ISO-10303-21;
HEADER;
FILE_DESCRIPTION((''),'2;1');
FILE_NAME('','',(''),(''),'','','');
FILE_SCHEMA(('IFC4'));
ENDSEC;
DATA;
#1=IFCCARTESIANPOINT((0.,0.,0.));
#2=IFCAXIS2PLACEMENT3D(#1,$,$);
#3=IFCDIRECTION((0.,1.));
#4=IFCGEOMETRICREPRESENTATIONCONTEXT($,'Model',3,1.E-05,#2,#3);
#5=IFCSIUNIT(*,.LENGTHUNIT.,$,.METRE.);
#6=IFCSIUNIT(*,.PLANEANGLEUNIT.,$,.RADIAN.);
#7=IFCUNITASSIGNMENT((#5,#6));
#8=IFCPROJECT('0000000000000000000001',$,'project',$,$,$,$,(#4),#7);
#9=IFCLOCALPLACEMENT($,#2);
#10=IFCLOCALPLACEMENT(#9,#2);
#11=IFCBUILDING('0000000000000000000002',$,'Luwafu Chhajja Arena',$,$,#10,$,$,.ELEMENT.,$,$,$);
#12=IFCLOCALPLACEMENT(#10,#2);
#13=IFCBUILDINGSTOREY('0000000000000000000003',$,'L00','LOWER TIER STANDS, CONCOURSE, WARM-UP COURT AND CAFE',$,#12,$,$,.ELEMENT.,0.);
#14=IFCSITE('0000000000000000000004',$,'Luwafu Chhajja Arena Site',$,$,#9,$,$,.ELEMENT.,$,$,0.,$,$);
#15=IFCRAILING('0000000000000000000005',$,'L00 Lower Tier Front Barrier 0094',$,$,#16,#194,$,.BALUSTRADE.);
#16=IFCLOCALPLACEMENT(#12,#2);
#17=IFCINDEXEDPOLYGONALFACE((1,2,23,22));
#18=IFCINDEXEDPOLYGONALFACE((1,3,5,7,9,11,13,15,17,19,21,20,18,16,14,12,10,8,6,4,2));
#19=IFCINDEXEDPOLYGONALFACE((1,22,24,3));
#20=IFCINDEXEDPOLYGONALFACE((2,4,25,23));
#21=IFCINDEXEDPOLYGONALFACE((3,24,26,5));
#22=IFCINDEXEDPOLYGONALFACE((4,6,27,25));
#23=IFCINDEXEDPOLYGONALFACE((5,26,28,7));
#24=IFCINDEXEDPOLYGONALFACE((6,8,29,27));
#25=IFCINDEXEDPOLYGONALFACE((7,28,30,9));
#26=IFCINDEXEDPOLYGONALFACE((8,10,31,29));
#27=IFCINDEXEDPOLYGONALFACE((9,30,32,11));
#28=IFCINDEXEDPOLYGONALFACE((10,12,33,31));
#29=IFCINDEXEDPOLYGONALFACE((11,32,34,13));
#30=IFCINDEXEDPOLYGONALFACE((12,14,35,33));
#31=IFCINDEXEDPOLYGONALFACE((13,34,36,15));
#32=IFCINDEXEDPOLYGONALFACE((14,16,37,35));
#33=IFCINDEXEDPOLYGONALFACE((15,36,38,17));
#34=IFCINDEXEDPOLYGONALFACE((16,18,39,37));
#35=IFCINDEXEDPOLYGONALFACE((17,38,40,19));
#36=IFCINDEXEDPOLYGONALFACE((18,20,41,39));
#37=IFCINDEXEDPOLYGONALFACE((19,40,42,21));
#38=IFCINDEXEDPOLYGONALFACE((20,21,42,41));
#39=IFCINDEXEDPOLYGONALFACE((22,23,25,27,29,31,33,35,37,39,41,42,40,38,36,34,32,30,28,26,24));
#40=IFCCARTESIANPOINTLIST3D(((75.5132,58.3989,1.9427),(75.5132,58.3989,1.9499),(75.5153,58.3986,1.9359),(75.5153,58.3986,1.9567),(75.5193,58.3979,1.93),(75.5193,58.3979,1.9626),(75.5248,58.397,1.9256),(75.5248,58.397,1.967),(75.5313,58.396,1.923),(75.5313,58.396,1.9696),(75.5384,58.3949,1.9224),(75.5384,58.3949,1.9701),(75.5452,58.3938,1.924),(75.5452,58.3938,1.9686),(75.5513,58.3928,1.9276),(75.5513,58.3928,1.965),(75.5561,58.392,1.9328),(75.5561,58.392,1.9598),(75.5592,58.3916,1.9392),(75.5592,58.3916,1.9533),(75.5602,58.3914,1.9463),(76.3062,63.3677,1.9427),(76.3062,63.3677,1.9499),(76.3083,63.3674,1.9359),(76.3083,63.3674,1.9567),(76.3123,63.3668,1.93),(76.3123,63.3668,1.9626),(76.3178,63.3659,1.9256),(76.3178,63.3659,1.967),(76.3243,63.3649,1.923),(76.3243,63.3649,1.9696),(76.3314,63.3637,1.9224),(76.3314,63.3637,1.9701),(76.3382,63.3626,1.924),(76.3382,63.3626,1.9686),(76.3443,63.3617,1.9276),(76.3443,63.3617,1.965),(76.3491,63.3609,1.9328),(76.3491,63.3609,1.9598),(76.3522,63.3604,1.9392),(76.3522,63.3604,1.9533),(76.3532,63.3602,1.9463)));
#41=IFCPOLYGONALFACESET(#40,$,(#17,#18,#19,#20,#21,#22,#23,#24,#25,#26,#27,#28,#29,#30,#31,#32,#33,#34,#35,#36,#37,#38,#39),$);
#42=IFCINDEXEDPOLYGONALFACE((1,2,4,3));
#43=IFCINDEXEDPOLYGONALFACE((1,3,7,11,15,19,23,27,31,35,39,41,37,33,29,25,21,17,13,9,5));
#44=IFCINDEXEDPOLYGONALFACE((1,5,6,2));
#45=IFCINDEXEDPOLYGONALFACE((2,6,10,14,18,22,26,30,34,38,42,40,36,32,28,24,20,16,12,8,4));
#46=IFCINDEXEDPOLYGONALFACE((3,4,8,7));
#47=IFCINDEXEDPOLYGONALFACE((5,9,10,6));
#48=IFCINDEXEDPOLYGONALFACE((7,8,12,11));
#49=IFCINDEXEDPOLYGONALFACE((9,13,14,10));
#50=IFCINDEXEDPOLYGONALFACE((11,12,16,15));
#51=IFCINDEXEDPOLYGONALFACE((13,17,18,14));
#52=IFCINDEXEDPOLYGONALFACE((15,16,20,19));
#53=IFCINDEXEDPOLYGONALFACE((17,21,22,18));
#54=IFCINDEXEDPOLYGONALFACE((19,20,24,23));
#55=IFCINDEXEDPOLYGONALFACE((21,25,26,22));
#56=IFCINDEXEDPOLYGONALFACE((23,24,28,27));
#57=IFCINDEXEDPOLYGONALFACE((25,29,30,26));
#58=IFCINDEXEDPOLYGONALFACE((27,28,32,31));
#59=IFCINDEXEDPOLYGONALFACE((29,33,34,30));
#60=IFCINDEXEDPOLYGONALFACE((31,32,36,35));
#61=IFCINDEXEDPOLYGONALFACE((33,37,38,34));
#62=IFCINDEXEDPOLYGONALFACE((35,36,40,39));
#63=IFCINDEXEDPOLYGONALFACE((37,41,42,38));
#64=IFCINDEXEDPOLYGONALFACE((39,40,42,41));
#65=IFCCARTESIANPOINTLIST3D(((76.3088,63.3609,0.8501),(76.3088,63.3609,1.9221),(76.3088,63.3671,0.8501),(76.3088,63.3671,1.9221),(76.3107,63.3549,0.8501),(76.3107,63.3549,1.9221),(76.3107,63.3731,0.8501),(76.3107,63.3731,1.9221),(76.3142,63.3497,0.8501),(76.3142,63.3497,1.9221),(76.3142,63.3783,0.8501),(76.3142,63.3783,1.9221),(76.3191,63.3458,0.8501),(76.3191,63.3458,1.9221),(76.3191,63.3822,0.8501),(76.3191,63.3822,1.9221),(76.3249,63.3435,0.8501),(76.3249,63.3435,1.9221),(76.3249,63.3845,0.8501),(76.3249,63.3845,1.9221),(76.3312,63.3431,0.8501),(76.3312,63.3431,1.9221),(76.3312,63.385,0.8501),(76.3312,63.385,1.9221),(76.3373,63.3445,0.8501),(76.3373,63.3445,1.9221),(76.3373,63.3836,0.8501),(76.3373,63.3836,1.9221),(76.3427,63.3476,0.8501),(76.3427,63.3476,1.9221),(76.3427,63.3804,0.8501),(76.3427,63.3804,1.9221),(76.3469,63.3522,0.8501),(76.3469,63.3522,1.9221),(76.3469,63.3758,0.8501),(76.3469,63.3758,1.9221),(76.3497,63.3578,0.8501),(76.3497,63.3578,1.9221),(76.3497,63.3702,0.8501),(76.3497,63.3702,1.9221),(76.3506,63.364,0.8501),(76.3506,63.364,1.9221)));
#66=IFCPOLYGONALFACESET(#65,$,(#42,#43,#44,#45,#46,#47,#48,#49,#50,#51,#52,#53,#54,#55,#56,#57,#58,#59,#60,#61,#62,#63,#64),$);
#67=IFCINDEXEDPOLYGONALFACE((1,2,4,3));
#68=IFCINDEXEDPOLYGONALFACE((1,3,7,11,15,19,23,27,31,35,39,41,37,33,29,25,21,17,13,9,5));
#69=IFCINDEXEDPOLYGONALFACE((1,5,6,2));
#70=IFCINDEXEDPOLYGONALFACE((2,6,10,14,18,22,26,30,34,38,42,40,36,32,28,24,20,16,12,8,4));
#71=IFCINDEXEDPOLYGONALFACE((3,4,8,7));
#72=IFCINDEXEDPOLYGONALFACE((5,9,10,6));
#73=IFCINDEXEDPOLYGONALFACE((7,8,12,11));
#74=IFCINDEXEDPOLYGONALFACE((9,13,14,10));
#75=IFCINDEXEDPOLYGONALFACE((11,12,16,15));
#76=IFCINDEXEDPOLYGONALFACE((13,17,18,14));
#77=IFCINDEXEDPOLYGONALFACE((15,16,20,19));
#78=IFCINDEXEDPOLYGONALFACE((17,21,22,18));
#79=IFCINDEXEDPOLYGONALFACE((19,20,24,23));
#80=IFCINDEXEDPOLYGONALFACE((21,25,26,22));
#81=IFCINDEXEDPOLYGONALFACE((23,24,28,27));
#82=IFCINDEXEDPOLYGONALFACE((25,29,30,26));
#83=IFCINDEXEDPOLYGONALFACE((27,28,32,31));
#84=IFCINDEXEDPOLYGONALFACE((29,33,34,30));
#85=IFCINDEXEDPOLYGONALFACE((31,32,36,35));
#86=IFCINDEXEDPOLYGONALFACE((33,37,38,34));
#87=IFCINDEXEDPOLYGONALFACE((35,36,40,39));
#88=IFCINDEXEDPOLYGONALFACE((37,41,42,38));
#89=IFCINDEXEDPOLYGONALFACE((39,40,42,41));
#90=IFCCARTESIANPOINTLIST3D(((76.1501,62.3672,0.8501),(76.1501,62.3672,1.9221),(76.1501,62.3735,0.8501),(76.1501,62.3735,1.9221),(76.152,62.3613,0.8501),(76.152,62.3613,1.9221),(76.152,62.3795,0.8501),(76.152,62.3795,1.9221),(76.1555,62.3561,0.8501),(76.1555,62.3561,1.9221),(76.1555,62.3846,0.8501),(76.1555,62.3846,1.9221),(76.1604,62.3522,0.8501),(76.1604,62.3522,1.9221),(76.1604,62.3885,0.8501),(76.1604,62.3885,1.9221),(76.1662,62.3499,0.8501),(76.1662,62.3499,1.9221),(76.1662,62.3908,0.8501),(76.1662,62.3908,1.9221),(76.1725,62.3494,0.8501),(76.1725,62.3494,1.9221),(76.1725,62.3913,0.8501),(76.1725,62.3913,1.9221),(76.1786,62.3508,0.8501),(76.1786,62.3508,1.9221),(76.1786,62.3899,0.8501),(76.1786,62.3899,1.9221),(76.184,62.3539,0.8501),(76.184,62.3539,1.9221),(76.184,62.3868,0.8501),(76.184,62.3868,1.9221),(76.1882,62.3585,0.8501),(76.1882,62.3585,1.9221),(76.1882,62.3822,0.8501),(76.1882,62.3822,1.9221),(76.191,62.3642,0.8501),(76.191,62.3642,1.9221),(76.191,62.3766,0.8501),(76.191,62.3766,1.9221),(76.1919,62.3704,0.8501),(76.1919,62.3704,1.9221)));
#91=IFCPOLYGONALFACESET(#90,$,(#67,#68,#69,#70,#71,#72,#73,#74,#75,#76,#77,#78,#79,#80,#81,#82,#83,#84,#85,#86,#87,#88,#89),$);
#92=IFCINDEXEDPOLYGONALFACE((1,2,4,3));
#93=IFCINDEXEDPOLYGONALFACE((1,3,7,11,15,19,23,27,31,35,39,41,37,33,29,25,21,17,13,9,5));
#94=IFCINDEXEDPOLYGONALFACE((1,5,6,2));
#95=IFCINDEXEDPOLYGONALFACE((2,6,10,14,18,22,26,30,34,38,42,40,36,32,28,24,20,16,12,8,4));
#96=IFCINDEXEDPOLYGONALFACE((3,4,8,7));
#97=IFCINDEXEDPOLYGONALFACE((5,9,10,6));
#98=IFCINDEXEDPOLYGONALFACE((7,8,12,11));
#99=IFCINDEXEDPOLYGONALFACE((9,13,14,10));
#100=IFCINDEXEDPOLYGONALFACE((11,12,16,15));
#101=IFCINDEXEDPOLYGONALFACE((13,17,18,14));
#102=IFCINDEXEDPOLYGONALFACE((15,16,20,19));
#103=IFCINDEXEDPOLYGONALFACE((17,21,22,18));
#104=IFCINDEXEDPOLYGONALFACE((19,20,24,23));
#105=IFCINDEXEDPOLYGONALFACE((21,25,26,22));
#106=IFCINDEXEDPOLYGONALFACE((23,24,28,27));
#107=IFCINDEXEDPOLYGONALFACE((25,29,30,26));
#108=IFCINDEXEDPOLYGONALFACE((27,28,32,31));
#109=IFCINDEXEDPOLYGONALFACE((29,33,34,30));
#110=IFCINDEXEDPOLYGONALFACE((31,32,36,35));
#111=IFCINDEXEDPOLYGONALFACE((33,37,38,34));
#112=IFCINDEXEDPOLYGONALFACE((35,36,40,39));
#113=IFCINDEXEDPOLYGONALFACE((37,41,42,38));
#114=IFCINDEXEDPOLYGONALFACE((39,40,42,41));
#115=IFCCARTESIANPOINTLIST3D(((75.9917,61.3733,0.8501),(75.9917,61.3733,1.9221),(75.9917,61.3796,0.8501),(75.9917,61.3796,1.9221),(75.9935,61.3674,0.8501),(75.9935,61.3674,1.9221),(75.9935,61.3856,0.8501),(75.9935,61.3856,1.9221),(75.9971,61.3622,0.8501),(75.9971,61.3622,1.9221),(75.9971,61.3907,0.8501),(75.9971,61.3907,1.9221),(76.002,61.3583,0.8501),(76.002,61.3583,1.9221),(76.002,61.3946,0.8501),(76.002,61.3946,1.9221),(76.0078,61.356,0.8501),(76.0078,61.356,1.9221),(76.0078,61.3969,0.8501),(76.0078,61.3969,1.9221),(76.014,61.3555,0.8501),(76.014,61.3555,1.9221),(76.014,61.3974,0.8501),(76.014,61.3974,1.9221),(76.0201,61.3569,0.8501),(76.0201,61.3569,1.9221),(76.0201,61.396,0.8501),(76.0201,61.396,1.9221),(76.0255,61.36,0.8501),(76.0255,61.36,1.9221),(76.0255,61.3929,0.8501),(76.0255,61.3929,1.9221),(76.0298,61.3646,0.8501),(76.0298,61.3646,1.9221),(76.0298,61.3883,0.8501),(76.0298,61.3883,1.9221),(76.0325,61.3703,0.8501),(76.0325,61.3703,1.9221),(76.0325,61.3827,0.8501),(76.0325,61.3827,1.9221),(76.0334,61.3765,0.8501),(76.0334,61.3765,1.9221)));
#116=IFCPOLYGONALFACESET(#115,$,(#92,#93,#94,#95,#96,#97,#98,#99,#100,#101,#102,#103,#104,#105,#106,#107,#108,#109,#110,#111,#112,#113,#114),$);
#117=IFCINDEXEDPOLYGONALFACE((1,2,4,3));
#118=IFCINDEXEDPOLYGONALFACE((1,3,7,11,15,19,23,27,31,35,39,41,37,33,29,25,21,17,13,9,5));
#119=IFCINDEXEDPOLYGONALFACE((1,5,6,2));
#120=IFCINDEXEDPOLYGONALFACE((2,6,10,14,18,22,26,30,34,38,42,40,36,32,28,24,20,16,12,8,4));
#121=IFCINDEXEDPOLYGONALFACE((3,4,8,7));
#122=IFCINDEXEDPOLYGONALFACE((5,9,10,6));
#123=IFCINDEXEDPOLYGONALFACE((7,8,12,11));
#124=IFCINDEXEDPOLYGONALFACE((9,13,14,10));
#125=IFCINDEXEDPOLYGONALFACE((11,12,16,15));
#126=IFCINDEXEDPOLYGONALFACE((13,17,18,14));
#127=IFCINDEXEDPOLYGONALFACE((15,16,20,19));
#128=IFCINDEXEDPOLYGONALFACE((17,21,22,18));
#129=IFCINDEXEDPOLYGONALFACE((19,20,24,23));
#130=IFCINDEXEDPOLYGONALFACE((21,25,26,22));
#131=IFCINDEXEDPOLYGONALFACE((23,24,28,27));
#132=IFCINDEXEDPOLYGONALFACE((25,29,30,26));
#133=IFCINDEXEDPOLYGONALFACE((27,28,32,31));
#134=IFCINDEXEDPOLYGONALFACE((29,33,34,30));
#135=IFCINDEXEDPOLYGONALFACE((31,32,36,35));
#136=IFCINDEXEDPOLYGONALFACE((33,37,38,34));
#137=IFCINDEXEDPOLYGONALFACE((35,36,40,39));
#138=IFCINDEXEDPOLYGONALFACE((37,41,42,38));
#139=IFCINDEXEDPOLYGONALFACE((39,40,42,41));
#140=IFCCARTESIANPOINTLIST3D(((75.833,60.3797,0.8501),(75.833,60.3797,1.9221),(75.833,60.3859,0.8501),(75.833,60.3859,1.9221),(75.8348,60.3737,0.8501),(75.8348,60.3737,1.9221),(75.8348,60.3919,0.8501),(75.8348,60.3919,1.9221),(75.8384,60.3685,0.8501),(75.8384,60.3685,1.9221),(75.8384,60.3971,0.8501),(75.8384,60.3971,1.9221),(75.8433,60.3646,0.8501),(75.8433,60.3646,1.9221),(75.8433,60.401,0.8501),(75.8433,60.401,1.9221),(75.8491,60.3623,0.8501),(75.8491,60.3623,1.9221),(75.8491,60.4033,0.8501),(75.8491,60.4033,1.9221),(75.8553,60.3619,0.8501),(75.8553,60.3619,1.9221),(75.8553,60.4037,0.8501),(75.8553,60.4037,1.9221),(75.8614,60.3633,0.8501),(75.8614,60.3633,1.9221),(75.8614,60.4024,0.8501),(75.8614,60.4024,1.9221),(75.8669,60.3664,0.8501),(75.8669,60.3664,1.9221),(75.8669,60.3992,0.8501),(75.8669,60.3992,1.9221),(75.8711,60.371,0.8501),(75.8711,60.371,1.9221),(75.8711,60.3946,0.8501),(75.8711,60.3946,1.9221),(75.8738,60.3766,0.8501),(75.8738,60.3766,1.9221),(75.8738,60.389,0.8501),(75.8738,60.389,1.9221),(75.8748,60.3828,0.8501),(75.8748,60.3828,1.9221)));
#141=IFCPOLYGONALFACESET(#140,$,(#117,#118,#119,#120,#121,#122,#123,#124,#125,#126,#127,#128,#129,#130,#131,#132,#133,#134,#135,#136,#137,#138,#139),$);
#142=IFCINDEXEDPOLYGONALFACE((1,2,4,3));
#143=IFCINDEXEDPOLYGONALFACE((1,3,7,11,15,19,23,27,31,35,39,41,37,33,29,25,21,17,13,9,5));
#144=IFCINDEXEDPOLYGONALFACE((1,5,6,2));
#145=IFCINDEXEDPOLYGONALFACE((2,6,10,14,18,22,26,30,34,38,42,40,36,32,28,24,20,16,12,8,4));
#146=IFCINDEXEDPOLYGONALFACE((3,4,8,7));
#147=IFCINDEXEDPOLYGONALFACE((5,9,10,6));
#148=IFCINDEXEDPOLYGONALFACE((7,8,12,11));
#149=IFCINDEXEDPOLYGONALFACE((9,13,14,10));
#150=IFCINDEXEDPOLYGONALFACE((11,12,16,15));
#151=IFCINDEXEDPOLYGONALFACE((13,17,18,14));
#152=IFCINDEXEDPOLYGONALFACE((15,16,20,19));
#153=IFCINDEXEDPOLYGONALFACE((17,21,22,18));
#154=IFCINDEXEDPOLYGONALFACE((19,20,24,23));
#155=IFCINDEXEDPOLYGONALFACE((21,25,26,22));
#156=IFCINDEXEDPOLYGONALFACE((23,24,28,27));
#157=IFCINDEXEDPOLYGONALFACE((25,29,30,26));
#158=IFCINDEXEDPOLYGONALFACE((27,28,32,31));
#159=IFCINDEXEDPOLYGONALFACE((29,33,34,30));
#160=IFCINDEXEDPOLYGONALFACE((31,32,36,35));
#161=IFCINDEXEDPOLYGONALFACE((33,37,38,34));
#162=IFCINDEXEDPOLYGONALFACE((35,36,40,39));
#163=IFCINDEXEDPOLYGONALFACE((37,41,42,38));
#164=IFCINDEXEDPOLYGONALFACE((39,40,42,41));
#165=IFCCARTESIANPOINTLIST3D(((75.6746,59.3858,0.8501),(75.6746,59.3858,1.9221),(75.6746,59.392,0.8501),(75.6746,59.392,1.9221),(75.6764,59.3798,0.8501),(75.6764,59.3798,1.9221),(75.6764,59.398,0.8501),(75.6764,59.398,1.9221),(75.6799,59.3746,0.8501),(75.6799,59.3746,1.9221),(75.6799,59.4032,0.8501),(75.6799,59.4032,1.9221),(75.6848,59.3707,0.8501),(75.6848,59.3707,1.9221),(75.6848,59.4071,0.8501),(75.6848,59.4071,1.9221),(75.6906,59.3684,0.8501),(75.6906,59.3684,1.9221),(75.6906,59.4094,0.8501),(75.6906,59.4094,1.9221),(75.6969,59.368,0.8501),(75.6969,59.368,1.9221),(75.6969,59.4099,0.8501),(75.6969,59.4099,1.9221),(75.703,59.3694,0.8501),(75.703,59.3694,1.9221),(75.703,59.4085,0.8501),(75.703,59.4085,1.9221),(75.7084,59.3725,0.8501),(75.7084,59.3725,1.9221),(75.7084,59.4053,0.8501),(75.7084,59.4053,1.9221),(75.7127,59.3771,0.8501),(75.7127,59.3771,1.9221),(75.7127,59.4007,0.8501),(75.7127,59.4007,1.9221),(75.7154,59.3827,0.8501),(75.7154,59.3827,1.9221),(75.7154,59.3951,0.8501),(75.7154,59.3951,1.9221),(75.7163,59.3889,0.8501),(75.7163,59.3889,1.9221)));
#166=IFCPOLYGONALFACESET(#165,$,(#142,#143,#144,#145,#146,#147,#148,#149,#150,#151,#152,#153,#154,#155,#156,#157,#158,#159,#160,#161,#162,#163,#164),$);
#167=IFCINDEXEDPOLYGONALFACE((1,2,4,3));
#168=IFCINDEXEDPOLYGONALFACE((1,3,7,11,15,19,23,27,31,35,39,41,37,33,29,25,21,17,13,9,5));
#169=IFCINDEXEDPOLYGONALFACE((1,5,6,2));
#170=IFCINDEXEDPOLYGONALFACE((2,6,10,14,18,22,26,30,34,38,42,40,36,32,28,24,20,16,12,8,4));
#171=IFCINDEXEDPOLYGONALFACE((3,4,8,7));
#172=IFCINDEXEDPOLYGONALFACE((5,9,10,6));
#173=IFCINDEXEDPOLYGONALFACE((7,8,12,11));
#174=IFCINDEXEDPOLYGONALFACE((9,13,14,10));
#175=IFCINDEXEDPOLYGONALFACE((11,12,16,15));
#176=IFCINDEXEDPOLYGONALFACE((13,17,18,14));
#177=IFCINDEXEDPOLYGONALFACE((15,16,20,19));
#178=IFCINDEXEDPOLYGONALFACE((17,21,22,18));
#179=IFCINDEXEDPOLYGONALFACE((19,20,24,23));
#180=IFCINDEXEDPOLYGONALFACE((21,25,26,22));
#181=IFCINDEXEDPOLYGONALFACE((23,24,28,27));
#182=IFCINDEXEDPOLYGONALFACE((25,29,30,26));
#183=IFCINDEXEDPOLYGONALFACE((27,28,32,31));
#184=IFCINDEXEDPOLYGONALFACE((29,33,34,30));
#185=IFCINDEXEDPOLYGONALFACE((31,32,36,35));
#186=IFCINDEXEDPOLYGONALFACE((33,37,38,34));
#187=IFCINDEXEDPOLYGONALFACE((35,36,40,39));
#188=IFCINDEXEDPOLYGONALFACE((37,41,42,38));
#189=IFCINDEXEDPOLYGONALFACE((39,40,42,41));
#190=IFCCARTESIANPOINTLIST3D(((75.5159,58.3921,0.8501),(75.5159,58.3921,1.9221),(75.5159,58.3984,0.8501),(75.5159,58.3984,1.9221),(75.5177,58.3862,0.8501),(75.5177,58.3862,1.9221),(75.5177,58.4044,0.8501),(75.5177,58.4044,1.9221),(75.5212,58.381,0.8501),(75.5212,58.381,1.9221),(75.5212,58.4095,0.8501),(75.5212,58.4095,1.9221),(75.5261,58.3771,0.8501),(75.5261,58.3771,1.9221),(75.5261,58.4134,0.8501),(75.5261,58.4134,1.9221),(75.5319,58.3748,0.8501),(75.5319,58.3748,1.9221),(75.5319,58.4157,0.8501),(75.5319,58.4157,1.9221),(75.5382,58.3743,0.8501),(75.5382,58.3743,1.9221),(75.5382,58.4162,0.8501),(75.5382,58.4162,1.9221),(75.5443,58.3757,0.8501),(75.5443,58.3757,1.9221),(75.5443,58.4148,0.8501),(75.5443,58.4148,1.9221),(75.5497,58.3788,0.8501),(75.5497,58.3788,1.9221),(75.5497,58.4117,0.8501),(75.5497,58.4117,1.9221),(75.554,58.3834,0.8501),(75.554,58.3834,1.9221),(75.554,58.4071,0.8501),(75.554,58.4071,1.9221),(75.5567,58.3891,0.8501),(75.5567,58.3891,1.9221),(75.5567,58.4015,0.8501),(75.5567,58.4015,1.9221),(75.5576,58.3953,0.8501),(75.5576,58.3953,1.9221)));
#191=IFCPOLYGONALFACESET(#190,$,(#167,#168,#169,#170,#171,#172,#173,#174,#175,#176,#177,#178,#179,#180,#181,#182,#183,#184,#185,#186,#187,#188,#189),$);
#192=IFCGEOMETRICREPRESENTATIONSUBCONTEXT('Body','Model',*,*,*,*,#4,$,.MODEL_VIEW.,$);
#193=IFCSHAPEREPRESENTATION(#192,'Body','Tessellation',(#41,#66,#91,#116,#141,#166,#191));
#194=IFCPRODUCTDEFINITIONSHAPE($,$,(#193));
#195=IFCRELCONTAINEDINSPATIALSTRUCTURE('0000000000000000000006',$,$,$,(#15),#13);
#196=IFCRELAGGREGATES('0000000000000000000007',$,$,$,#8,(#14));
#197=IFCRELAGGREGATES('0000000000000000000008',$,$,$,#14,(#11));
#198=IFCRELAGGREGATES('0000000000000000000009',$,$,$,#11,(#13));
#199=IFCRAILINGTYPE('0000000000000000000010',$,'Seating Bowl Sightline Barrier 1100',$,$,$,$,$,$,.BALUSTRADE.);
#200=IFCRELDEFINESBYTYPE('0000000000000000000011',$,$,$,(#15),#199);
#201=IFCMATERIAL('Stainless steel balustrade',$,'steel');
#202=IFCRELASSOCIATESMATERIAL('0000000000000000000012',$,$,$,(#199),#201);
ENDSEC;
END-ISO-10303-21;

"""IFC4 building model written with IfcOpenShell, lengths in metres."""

from ifc_helpers import new_model, si_unit, direction, frame, origin, origin_2d, place, context, subcontext, project, spatial, circle, extrude, material, type_object, element, save


model = new_model("IFC4")

# Units and contexts
model_context = context("Model", 3, precision=1e-05, world=origin(), true_north=direction((0.0, 1.0)))
body_context = subcontext(model_context, "Body", "Model", "MODEL_VIEW")
ifc_project = project(units=[si_unit("LENGTHUNIT", "METRE"), si_unit("PLANEANGLEUNIT", "RADIAN")], contexts=[model_context])

# Site, building, storey
site_placement = place(None, origin())
site = spatial("IfcSite", under=ifc_project, at=site_placement, Name="Luwafu Chhajja Arena Site", CompositionType="ELEMENT", RefElevation=0.0)
building_placement = place(site_placement, origin())
building = spatial("IfcBuilding", under=site, at=building_placement, Name="Luwafu Chhajja Arena", CompositionType="ELEMENT")
storey_placement = place(building_placement, origin())
storey = spatial("IfcBuildingStorey", under=building, at=storey_placement, Name="L00", Description="LOWER TIER STANDS, CONCOURSE, WARM-UP COURT AND CAFE", CompositionType="ELEMENT", Elevation=0.0)

# Railing
ifc_material_1 = material(Name="Stainless steel balustrade", Category="steel")
railing_type = type_object("IfcRailingType", Name="Seating Bowl Sightline Barrier 1100", PredefinedType="BALUSTRADE", material=ifc_material_1)
railing_1_placement = place(storey_placement, frame((76.3296, 63.364, 0.8501)))
element("IfcRailing", 1, at=railing_1_placement, inside=storey, type_object=railing_type, Name="L00 Lower Tier Front Barrier 0094", PredefinedType="BALUSTRADE", context=body_context, shape_type="SweptSolid", body=[
    extrude(circle(Radius=0.0239, at=origin_2d()), frame((0.0, 0.0, 1.0962), z_axis=(-0.157597, -0.987504, 0.0), x_axis=(0.987504, -0.157597, 0.0)), (0.0, 0.0, 1.0), 5.0317),
    extrude(circle(Radius=0.021, at=origin_2d()), origin(), (0.0, 0.0, 1.0), 1.072),
    extrude(circle(Radius=0.021, at=origin_2d()), frame((-0.1587, -0.9937, 0.0)), (0.0, 0.0, 1.0), 1.072),
    extrude(circle(Radius=0.021, at=origin_2d()), frame((-0.3171, -1.9875, 0.0)), (0.0, 0.0, 1.0), 1.072),
    extrude(circle(Radius=0.021, at=origin_2d()), frame((-0.4758, -2.9812, 0.0)), (0.0, 0.0, 1.0), 1.072),
    extrude(circle(Radius=0.021, at=origin_2d()), frame((-0.6343, -3.9751, 0.0)), (0.0, 0.0, 1.0), 1.072),
    extrude(circle(Radius=0.021, at=origin_2d()), frame((-0.793, -4.9688, 0.0)), (0.0, 0.0, 1.0), 1.072),
])

save(model, "model.ifc")
